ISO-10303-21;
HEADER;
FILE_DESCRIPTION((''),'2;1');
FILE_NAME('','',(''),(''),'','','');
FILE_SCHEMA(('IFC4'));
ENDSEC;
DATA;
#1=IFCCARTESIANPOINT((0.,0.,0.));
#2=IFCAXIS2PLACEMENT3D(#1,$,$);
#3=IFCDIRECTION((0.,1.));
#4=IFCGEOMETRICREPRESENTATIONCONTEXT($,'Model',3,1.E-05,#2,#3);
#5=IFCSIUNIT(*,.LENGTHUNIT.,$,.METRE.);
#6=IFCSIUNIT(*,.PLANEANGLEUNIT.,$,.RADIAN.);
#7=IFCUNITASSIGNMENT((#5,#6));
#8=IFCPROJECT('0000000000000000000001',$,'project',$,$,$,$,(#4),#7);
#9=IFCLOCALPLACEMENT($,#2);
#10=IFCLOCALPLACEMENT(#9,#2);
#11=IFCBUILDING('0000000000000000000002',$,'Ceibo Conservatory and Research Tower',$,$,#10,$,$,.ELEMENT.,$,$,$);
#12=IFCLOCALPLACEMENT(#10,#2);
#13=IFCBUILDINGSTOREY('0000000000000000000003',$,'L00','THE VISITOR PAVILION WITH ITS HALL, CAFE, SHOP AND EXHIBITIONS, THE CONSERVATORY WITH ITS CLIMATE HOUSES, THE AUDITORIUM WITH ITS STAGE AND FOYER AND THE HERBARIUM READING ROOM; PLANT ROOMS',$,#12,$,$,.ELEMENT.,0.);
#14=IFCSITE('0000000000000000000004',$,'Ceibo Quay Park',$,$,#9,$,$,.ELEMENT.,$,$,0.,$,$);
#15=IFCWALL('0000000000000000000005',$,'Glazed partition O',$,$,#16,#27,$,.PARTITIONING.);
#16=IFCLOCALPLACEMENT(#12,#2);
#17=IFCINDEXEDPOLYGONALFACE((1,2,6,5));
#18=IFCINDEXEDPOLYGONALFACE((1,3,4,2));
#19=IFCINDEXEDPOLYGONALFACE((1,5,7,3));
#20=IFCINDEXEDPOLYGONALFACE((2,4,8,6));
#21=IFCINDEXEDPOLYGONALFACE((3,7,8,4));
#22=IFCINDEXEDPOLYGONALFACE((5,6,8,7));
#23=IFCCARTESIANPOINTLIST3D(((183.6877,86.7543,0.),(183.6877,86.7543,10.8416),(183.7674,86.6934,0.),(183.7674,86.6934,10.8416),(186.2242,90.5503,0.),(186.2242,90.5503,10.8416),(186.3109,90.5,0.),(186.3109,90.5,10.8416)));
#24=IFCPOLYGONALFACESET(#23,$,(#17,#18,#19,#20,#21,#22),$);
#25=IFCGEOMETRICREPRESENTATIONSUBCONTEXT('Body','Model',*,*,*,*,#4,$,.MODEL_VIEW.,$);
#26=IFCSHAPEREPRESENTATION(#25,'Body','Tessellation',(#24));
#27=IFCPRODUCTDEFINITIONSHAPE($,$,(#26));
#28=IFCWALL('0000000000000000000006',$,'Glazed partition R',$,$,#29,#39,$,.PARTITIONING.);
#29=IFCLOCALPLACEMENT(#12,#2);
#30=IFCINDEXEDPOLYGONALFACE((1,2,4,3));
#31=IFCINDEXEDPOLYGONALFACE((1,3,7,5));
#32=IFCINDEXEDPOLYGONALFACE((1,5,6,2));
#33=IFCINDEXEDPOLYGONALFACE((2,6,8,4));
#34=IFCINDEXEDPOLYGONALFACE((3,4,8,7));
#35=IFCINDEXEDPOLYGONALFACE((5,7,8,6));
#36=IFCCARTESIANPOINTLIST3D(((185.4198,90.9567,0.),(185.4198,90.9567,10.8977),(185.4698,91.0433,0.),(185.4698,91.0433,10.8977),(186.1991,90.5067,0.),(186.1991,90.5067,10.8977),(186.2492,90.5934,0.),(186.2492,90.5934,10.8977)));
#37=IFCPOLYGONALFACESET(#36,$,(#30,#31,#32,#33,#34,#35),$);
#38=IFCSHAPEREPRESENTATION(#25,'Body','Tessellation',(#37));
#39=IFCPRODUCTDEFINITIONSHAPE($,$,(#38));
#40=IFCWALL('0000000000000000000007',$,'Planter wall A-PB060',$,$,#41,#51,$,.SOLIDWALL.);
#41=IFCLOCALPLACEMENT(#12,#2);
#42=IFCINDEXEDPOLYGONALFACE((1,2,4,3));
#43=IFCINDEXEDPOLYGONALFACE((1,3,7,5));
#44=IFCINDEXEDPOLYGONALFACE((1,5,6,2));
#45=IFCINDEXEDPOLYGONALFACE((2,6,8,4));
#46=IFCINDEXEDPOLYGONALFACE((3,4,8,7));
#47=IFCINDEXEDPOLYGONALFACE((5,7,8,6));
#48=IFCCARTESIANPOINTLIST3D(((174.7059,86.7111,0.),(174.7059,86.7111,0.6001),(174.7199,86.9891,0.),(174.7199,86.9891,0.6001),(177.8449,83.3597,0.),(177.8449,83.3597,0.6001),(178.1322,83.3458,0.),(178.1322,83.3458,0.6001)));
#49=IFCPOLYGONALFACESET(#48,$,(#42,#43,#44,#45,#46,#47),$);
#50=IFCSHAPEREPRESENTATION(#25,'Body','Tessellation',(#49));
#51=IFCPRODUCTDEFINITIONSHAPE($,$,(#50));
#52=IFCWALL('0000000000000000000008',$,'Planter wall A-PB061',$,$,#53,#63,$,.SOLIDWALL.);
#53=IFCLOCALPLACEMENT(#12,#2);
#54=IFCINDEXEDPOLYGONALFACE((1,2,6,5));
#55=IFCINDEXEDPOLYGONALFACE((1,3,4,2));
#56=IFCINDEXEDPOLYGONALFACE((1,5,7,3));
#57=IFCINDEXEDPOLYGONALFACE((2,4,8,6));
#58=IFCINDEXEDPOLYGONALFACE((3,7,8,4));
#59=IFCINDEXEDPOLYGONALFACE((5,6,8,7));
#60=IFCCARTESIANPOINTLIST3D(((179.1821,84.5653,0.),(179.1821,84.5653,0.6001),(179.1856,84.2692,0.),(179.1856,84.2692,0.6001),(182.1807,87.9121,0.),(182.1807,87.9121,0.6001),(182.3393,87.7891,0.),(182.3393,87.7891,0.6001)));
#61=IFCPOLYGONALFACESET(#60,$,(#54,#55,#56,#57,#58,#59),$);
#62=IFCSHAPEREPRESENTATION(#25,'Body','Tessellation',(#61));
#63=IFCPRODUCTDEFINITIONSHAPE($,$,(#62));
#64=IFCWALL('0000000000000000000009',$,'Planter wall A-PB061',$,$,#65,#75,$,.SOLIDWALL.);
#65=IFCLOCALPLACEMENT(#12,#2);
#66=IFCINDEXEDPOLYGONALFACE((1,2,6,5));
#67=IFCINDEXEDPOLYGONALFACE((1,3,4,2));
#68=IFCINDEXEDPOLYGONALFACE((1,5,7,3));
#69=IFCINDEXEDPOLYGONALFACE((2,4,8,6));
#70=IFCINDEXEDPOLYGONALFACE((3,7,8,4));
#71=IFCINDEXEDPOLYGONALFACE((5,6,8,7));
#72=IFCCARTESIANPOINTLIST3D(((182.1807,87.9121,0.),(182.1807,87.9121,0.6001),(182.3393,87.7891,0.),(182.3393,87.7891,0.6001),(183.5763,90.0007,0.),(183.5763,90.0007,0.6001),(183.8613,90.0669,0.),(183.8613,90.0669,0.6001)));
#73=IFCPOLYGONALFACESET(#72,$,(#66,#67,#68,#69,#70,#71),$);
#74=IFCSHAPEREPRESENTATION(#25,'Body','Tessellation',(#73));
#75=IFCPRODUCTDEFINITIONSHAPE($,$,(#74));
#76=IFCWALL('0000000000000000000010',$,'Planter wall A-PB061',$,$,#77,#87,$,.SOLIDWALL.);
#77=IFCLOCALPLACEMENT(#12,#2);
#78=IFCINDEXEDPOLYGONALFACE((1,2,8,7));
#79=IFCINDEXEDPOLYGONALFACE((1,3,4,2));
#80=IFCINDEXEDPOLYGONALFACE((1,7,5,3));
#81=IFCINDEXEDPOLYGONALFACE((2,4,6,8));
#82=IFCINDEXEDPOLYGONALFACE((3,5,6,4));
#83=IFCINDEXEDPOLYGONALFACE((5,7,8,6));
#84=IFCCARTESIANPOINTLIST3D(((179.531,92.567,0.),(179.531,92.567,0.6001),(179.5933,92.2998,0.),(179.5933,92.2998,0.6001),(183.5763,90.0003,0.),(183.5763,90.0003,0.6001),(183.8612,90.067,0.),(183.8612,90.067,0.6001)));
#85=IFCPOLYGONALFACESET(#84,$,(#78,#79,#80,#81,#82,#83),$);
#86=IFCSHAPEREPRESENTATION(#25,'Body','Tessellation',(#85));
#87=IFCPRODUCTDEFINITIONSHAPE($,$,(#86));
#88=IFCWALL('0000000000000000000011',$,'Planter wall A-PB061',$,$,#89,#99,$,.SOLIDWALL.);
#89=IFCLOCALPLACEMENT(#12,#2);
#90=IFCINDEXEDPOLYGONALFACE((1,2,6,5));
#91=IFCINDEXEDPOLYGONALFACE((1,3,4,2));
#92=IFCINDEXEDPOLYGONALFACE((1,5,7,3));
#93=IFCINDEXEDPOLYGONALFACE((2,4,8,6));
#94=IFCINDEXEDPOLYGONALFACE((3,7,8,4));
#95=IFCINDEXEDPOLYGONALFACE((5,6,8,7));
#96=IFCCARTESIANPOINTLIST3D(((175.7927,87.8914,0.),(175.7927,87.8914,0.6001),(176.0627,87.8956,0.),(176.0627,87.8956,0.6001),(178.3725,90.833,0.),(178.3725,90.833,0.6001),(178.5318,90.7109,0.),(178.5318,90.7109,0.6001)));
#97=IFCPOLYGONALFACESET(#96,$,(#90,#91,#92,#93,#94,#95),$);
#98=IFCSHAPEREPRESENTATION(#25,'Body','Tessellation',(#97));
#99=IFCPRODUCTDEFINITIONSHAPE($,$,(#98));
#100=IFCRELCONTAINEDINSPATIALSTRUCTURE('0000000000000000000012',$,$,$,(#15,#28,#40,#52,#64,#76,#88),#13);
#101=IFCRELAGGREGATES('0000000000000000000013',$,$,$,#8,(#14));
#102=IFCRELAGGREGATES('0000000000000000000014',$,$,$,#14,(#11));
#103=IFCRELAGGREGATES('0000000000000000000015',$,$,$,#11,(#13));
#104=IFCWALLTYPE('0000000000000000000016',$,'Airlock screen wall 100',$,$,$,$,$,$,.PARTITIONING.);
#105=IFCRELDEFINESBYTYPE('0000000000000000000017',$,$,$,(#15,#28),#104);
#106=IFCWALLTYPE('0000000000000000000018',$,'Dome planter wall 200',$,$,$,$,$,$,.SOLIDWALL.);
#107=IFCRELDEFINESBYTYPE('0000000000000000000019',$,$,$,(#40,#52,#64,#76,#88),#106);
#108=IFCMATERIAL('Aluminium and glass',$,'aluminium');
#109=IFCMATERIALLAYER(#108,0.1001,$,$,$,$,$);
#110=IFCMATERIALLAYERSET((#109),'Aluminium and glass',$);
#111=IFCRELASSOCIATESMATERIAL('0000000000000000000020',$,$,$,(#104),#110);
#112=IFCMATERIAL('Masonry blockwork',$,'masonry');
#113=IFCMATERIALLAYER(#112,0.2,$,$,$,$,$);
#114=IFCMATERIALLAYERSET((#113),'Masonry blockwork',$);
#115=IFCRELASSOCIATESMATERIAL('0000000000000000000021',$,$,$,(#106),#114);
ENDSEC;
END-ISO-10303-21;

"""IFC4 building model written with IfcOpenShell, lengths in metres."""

from ifc_helpers import new_model, si_unit, direction, frame, frame_2d, origin, place, context, subcontext, project, spatial, polyline, rectangle, outline, extrude, material, layer, layer_set, type_object, element, save


model = new_model("IFC4")

# Units and contexts
model_context = context("Model", 3, precision=1e-05, world=origin(), true_north=direction((0.0, 1.0)))
body_context = subcontext(model_context, "Body", "Model", "MODEL_VIEW")
ifc_project = project(units=[si_unit("LENGTHUNIT", "METRE"), si_unit("PLANEANGLEUNIT", "RADIAN")], contexts=[model_context])

# Site, building, storey
site_placement = place(None, origin())
site = spatial("IfcSite", under=ifc_project, at=site_placement, Name="Ceibo Quay Park", CompositionType="ELEMENT", RefElevation=0.0)
building_placement = place(site_placement, origin())
building = spatial("IfcBuilding", under=site, at=building_placement, Name="Ceibo Conservatory and Research Tower", CompositionType="ELEMENT")
storey_placement = place(building_placement, origin())
storey = spatial("IfcBuildingStorey", under=building, at=storey_placement, Name="L00", Description="THE VISITOR PAVILION WITH ITS HALL, CAFE, SHOP AND EXHIBITIONS, THE CONSERVATORY WITH ITS CLIMATE HOUSES, THE AUDITORIUM WITH ITS STAGE AND FOYER AND THE HERBARIUM READING ROOM; PLANT ROOMS", CompositionType="ELEMENT", Elevation=0.0)

# Shared definitions
ifc_material_1 = material(Name="Aluminium and glass", Category="aluminium")

# Walls
ifc_layer_1 = layer(ifc_material_1, 0.1001)
ifc_layer_set_1 = layer_set([ifc_layer_1], Name="Aluminium and glass")
wall_type_1 = type_object("IfcWallType", Name="Airlock screen wall 100", PredefinedType="PARTITIONING", material=ifc_layer_set_1)
wall_1_placement = place(storey_placement, frame((183.7275, 86.7239, 0.0), z_axis=(0.0, 0.0, 1.0), x_axis=(0.555587, 0.831458, 0.0)))
element("IfcWall", 1, at=wall_1_placement, inside=storey, type_object=wall_type_1, Name="Glazed partition O", PredefinedType="PARTITIONING", context=body_context, shape_type="SweptSolid", body=[
    extrude(outline(polyline([(-0.0032, -0.05), (4.575, -0.05), (4.5686, 0.05), (0.0032, 0.05), (-0.0032, -0.05)])), origin(), (0.0, 0.0, 1.0), 10.8416),
])
wall_2_placement = place(storey_placement, frame((185.4448, 91.0, 0.0), z_axis=(0.0, 0.0, 1.0), x_axis=(0.866014, -0.50002, 0.0)))
element("IfcWall", 2, at=wall_2_placement, inside=storey, type_object=wall_type_1, Name="Glazed partition R", PredefinedType="PARTITIONING", context=body_context, shape_type="SweptSolid", body=[
    extrude(rectangle(XDim=0.8999, YDim=0.1001, at=frame_2d((0.45, 0.0))), origin(), (0.0, 0.0, 1.0), 10.8977),
])
ifc_material_2 = material(Name="Masonry blockwork", Category="masonry")
ifc_layer_2 = layer(ifc_material_2, 0.2)
ifc_layer_set_2 = layer_set([ifc_layer_2], Name="Masonry blockwork")
wall_type_2 = type_object("IfcWallType", Name="Dome planter wall 200", PredefinedType="SOLIDWALL", material=ifc_layer_set_2)
wall_3_placement = place(storey_placement, frame((177.9885, 83.3528, 0.0), z_axis=(0.0, 0.0, 1.0), x_axis=(-0.683597, 0.72986, 0.0)))
element("IfcWall", 3, at=wall_3_placement, inside=storey, type_object=wall_type_2, Name="Planter wall A-PB060", PredefinedType="SOLIDWALL", context=body_context, shape_type="SweptSolid", body=[
    extrude(outline(polyline([(-0.1033, -0.1001), (4.8884, -0.1001), (4.6951, 0.1001), (0.1033, 0.1001), (-0.1033, -0.1001)])), origin(), (0.0, 0.0, 1.0), 0.6001),
])
wall_4_placement = place(storey_placement, frame((179.1838, 84.4172, 0.0), z_axis=(0.0, 0.0, 1.0), x_axis=(0.667304, 0.744785, 0.0)))
element("IfcWall", 4, at=wall_4_placement, inside=storey, type_object=wall_type_2, Name="Planter wall A-PB061", PredefinedType="SOLIDWALL", context=body_context, shape_type="SweptSolid", body=[
    extrude(outline(polyline([(-0.1091, -0.1001), (4.6169, -0.1001), (4.6028, 0.1001), (0.1091, 0.1001), (-0.1091, -0.1001)])), origin(), (0.0, 0.0, 1.0), 0.6001),
])
wall_5_placement = place(storey_placement, frame((182.26, 87.8506, 0.0), z_axis=(0.0, 0.0, 1.0), x_axis=(0.55558, 0.831463, 0.0)))
element("IfcWall", 5, at=wall_5_placement, inside=storey, type_object=wall_type_2, Name="Planter wall A-PB061", PredefinedType="SOLIDWALL", context=body_context, shape_type="SweptSolid", body=[
    extrude(outline(polyline([(-0.0071, -0.1001), (2.7324, -0.1001), (2.519, 0.1001), (0.0071, 0.1001), (-0.0071, -0.1001)])), origin(), (0.0, 0.0, 1.0), 0.6001),
])
wall_6_placement = place(storey_placement, frame((183.7188, 90.0337, 0.0), z_axis=(0.0, 0.0, 1.0), x_axis=(-0.866034, 0.499985, 0.0)))
element("IfcWall", 6, at=wall_6_placement, inside=storey, type_object=wall_type_2, Name="Planter wall A-PB061", PredefinedType="SOLIDWALL", context=body_context, shape_type="SweptSolid", body=[
    extrude(outline(polyline([(-0.1067, -0.1001), (4.8933, -0.1001), (4.7058, 0.1001), (0.1067, 0.1001), (-0.1067, -0.1001)])), origin(), (0.0, 0.0, 1.0), 0.6001),
])
wall_7_placement = place(storey_placement, frame((178.4521, 90.772, 0.0), z_axis=(0.0, 0.0, 1.0), x_axis=(-0.659362, -0.751826, 0.0)))
element("IfcWall", 7, at=wall_7_placement, inside=storey, type_object=wall_type_2, Name="Planter wall A-PB061", PredefinedType="SOLIDWALL", context=body_context, shape_type="SweptSolid", body=[
    extrude(outline(polyline([(0.0066, -0.1001), (3.9192, -0.1001), (3.738, 0.1001), (-0.0066, 0.1001), (0.0066, -0.1001)])), origin(), (0.0, 0.0, 1.0), 0.6001),
])

save(model, "model.ifc")
